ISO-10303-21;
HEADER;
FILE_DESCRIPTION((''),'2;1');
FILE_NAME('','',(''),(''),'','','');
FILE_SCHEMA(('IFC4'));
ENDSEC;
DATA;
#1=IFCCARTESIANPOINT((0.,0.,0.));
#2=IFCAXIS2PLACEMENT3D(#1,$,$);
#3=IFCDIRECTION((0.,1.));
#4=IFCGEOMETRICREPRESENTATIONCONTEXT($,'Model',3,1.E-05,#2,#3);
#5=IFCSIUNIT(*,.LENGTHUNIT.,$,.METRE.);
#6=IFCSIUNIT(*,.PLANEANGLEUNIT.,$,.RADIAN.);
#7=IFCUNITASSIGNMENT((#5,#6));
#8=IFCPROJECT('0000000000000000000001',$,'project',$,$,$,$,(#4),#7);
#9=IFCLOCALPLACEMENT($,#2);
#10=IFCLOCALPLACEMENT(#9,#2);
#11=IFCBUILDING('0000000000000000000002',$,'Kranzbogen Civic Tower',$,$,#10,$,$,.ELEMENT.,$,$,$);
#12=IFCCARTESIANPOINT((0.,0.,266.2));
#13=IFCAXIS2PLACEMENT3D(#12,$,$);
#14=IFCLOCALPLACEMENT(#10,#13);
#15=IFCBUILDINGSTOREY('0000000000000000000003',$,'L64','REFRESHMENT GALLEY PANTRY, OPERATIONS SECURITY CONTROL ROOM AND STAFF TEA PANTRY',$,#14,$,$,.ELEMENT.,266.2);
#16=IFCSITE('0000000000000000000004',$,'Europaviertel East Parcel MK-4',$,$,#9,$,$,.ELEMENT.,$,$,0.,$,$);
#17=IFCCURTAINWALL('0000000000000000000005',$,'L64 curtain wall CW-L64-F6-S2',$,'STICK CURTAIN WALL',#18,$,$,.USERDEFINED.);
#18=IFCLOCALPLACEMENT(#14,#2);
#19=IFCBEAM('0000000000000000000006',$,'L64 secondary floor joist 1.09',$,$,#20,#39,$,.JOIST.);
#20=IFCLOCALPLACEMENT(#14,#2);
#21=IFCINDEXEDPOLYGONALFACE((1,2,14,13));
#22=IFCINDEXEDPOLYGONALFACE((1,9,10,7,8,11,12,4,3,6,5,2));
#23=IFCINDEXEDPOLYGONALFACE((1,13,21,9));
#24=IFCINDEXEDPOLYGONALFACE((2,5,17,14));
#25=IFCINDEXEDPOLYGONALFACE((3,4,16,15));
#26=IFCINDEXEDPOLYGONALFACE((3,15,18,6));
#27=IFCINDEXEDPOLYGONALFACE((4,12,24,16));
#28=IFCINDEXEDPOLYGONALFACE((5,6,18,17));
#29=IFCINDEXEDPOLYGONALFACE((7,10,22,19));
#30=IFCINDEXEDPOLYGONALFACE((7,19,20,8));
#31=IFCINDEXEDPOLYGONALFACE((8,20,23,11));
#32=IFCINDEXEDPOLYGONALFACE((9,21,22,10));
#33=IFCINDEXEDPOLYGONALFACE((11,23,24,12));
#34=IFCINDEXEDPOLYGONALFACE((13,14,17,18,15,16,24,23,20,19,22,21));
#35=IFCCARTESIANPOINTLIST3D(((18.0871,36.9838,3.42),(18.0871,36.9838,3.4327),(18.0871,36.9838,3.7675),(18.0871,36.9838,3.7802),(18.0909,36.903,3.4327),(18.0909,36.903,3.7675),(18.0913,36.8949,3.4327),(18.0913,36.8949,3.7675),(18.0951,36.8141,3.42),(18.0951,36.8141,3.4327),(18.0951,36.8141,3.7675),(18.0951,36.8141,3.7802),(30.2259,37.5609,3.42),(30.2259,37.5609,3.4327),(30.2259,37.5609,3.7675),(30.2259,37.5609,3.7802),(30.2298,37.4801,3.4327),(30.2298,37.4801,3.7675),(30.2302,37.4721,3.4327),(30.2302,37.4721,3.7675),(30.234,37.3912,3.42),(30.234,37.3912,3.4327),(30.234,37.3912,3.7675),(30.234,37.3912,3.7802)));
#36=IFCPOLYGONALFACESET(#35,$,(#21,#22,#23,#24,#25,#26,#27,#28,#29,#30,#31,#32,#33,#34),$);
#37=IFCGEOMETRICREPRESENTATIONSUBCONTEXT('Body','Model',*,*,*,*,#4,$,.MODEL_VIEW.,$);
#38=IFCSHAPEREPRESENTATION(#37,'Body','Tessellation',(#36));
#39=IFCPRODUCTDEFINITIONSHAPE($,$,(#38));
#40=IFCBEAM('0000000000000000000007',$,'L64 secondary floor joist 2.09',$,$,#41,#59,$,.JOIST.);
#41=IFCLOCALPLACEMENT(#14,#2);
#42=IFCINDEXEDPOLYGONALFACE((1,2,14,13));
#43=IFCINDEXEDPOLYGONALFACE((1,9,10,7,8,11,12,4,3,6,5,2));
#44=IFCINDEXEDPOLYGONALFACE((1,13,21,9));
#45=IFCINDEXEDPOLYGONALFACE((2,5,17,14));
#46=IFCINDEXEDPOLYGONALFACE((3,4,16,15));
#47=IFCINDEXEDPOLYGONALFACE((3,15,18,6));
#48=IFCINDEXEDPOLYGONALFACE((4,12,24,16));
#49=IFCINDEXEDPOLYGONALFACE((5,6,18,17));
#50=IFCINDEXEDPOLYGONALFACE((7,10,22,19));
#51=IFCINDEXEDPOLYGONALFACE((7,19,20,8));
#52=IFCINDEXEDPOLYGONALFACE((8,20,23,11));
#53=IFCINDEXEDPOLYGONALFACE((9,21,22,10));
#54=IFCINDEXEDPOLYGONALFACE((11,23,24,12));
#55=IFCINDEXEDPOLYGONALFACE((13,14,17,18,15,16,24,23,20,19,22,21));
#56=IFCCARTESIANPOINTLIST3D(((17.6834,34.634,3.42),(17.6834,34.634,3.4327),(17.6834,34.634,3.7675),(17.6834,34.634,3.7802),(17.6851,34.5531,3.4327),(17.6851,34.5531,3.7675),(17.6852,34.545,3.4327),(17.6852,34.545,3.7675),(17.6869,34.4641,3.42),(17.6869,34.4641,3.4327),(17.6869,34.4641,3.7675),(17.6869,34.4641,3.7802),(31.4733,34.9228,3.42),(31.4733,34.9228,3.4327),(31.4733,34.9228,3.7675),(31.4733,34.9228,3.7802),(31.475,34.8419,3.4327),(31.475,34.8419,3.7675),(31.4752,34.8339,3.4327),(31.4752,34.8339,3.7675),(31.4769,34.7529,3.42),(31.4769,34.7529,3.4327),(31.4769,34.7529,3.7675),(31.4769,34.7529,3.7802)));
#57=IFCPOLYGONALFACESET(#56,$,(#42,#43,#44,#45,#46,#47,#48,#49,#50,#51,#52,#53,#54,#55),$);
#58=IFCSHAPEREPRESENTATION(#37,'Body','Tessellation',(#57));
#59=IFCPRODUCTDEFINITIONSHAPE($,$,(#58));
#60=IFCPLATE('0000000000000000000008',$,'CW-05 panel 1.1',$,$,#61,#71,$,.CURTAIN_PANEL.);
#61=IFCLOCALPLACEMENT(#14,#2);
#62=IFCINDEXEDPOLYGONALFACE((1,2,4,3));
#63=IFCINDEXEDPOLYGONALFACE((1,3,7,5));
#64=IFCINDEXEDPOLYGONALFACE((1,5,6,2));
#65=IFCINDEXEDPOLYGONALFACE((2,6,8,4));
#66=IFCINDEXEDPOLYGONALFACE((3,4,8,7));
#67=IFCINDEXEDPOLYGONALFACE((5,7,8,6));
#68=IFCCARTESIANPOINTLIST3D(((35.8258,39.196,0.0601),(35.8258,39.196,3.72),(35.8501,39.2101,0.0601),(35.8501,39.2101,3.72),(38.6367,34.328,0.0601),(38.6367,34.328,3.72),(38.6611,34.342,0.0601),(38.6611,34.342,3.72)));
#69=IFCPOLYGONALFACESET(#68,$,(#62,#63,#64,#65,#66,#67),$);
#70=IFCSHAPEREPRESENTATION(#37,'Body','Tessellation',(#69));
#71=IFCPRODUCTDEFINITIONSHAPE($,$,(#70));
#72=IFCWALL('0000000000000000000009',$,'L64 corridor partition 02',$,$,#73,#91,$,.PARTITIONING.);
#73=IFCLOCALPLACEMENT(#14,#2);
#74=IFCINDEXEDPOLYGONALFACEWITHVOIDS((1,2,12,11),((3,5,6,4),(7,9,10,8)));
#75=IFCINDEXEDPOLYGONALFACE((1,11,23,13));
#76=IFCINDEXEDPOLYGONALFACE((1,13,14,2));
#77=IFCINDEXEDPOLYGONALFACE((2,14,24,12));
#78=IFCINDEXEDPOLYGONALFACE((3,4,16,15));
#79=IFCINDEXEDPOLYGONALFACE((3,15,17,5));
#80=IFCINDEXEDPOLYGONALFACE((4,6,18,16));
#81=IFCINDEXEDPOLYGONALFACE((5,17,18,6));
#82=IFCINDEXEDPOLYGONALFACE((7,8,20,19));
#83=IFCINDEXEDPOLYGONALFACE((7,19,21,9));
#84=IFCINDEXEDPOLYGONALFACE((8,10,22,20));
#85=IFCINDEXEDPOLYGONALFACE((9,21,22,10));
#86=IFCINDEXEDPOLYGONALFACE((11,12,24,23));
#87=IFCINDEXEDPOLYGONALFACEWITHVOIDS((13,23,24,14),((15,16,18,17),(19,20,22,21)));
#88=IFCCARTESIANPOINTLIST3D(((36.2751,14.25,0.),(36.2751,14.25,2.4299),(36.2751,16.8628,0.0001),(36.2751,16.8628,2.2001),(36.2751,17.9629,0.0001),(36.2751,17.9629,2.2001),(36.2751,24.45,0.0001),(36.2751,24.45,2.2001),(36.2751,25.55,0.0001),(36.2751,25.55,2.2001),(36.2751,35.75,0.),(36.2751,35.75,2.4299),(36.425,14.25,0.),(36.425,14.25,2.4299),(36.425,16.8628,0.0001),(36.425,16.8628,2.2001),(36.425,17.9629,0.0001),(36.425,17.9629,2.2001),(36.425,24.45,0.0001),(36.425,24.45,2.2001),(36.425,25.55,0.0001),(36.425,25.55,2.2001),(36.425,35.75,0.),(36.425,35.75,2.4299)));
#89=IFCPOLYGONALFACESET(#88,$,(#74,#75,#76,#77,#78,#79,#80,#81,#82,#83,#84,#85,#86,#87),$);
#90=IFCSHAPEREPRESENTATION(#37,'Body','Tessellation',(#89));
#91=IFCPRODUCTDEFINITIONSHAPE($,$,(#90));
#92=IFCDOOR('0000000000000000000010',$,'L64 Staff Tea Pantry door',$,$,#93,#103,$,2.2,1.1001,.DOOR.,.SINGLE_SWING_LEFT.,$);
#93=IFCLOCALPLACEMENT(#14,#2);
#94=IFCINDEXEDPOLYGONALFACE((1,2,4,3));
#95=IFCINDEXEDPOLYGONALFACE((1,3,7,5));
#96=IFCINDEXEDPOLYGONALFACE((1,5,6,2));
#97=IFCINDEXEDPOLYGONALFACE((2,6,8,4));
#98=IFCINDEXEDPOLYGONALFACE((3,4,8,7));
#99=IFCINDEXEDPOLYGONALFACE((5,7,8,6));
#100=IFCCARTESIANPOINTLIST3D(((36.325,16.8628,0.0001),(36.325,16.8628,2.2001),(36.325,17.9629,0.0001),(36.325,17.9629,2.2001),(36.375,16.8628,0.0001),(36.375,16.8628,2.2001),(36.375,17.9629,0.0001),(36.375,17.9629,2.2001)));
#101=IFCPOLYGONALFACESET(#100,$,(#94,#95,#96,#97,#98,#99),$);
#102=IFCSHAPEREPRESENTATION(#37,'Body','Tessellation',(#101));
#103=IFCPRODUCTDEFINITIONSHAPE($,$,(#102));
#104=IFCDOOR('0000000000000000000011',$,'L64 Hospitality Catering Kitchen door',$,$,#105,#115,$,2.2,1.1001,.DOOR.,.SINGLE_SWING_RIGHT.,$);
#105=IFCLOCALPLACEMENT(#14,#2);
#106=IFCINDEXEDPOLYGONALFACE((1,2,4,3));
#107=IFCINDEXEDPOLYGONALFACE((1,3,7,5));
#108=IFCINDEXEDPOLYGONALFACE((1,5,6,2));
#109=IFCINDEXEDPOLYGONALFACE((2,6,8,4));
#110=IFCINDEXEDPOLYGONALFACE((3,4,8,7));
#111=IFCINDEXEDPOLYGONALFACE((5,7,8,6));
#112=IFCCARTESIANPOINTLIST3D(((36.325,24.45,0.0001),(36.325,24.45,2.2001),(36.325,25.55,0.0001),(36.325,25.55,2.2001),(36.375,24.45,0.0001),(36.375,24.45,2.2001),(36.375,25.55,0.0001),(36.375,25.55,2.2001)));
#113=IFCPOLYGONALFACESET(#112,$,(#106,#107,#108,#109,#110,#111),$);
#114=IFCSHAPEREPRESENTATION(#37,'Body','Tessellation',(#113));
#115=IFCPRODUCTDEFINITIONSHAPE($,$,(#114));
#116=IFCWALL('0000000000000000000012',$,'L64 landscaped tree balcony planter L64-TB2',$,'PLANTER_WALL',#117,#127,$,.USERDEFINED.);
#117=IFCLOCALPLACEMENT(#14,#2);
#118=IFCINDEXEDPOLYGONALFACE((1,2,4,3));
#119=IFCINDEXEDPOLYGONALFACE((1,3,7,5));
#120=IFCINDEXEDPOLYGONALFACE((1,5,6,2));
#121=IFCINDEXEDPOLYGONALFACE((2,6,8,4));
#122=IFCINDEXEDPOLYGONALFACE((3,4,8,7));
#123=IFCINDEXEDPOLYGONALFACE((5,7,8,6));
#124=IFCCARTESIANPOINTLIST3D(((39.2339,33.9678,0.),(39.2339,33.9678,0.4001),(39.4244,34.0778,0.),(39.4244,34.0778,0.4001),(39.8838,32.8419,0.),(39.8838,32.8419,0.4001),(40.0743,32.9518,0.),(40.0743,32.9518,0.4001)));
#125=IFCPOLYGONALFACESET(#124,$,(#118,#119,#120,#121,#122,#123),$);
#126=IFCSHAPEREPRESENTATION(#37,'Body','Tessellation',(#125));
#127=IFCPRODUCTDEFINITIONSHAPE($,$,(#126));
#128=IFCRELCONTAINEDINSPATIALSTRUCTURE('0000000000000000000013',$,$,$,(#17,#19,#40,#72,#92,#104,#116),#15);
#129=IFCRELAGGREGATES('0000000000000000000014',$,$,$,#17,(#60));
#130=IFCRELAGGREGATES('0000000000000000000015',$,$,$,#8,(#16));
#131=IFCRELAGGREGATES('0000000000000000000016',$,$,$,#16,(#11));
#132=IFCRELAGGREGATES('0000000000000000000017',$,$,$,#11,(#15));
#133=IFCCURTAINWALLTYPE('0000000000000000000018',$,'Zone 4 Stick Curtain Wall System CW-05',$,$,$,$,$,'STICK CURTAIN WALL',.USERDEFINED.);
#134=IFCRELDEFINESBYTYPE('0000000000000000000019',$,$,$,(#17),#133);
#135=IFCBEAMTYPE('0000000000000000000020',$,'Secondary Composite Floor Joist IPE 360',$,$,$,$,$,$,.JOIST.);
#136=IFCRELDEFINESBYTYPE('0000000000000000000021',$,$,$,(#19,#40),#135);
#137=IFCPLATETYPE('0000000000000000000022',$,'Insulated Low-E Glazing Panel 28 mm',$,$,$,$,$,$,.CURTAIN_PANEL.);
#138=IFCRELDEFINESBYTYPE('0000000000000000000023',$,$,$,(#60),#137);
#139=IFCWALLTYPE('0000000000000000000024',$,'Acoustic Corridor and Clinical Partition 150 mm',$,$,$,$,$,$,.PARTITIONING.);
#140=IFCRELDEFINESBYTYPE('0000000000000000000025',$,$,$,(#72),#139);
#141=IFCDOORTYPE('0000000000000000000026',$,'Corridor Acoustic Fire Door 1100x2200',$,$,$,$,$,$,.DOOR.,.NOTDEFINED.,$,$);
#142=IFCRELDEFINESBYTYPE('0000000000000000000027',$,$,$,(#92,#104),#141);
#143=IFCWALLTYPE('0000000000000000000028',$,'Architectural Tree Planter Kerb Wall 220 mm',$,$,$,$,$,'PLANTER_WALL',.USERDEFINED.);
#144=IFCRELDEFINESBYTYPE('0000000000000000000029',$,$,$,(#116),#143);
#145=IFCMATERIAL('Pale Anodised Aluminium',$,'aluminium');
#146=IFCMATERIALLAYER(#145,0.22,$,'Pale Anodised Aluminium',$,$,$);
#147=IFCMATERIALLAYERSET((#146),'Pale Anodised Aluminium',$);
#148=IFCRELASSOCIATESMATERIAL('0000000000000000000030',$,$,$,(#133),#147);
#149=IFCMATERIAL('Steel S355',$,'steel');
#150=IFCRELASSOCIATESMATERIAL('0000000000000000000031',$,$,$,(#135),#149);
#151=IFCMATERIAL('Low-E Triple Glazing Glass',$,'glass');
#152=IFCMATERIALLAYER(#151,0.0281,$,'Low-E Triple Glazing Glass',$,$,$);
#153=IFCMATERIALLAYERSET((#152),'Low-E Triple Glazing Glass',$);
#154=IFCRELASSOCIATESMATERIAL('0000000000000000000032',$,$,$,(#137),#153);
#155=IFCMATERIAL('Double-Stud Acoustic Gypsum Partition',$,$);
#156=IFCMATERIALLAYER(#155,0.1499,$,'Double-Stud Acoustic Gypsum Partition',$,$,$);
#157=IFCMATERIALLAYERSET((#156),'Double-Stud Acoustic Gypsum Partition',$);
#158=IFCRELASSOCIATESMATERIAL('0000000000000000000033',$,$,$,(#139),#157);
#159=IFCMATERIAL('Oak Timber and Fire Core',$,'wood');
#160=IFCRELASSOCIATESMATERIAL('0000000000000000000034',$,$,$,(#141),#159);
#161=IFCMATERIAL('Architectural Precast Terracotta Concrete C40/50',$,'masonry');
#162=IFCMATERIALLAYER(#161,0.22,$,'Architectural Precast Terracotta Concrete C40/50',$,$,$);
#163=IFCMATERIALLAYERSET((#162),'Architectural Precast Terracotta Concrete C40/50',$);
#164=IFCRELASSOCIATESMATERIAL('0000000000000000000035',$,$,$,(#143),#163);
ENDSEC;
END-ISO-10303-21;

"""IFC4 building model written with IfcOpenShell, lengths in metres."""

from ifc_helpers import new_model, si_unit, direction, frame, frame_2d, origin, origin_2d, place, context, subcontext, project, spatial, rectangle, i_section, extrude, material, layer, layer_set, material_profile, profile_set, type_object, element, fill, aggregate, save


model = new_model("IFC4")

# Units and contexts
model_context = context("Model", 3, precision=1e-05, world=origin(), true_north=direction((0.0, 1.0)))
body_context = subcontext(model_context, "Body", "Model", "MODEL_VIEW")
ifc_project = project(units=[si_unit("LENGTHUNIT", "METRE"), si_unit("PLANEANGLEUNIT", "RADIAN")], contexts=[model_context])

# Site, building, storey
site_placement = place(None, origin())
site = spatial("IfcSite", under=ifc_project, at=site_placement, Name="Europaviertel East Parcel MK-4", CompositionType="ELEMENT", RefElevation=0.0)
building_placement = place(site_placement, origin())
building = spatial("IfcBuilding", under=site, at=building_placement, Name="Kranzbogen Civic Tower", CompositionType="ELEMENT")
storey_placement = place(building_placement, frame((0.0, 0.0, 266.2)))
storey = spatial("IfcBuildingStorey", under=building, at=storey_placement, Name="L64", Description="REFRESHMENT GALLEY PANTRY, OPERATIONS SECURITY CONTROL ROOM AND STAFF TEA PANTRY", CompositionType="ELEMENT", Elevation=266.2)

# Shared definitions
ifc_material_1 = material(Name="Steel S355", Category="steel")

# Shared definitions
ifc_material_2 = material(Name="Pale Anodised Aluminium", Category="aluminium")
ifc_layer_1 = layer(ifc_material_2, 0.22, Name="Pale Anodised Aluminium")
ifc_layer_set_1 = layer_set([ifc_layer_1], Name="Pale Anodised Aluminium")
curtain_wall_type = type_object("IfcCurtainWallType", Name="Zone 4 Stick Curtain Wall System CW-05", ElementType="STICK CURTAIN WALL", PredefinedType="USERDEFINED", material=ifc_layer_set_1)

# Curtain wall
curtain_wall_1_placement = place(storey_placement, origin())
curtain_wall_1 = element("IfcCurtainWall", 1, at=curtain_wall_1_placement, inside=storey, type_object=curtain_wall_type, Name="L64 curtain wall CW-L64-F6-S2", ObjectType="STICK CURTAIN WALL", PredefinedType="USERDEFINED")

# Beams
ifc_material_profile_1 = material_profile(ifc_material_1, i_section(OverallWidth=0.1699, OverallDepth=0.3601, WebThickness=0.0081, FlangeThickness=0.0127, at=origin_2d()), Name="IPE 360")
ifc_profile_set_1 = profile_set([ifc_material_profile_1], Name="Steel S355")
beam_type_1 = type_object("IfcBeamType", Name="Secondary Composite Floor Joist IPE 360", PredefinedType="JOIST", material=ifc_profile_set_1)
beam_1_placement = place(storey_placement, frame((30.23, 37.4761, 3.6001), z_axis=(-0.998872, -0.047492, 0.0), x_axis=(0.047492, -0.998872, 0.0)))
element("IfcBeam", 2, at=beam_1_placement, inside=storey, type_object=beam_type_1, Name="L64 secondary floor joist 1.09", PredefinedType="JOIST", context=body_context, shape_type="SweptSolid", body=[
    extrude(i_section(OverallWidth=0.1699, OverallDepth=0.3601, WebThickness=0.0081, FlangeThickness=0.0127, at=origin_2d()), origin(), (0.0, 0.0, 1.0), 12.1526),
])
beam_2_placement = place(storey_placement, frame((31.4751, 34.8379, 3.6001), z_axis=(-0.999781, -0.020939, 0.0), x_axis=(0.020939, -0.999781, 0.0)))
element("IfcBeam", 3, at=beam_2_placement, inside=storey, type_object=beam_type_1, Name="L64 secondary floor joist 2.09", PredefinedType="JOIST", context=body_context, shape_type="SweptSolid", body=[
    extrude(i_section(OverallWidth=0.1699, OverallDepth=0.3601, WebThickness=0.0081, FlangeThickness=0.0127, at=origin_2d()), origin(), (0.0, 0.0, 1.0), 13.793),
])

# Plate
ifc_material_3 = material(Name="Low-E Triple Glazing Glass", Category="glass")
ifc_layer_2 = layer(ifc_material_3, 0.0281, Name="Low-E Triple Glazing Glass")
ifc_layer_set_2 = layer_set([ifc_layer_2], Name="Low-E Triple Glazing Glass")
plate_type = type_object("IfcPlateType", Name="Insulated Low-E Glazing Panel 28 mm", PredefinedType="CURTAIN_PANEL", material=ifc_layer_set_2)
plate_placement = place(storey_placement, frame((37.2434, 36.769, 0.0601), z_axis=(0.0, 0.0, 1.0), x_axis=(-0.500054, 0.865994, 0.0)))
plate = element("IfcPlate", 4, at=plate_placement, type_object=plate_type, Name="CW-05 panel 1.1", PredefinedType="CURTAIN_PANEL", context=body_context, shape_type="SweptSolid", body=[
    extrude(rectangle(XDim=5.6213, YDim=0.0281, at=origin_2d()), origin(), (0.0, 0.0, 1.0), 3.6599),
])
aggregate(curtain_wall_1, [plate])

# Wall, openings, doors
ifc_material_4 = material(Name="Double-Stud Acoustic Gypsum Partition")
ifc_layer_3 = layer(ifc_material_4, 0.1499, Name="Double-Stud Acoustic Gypsum Partition")
ifc_layer_set_3 = layer_set([ifc_layer_3], Name="Double-Stud Acoustic Gypsum Partition")
wall_type_1 = type_object("IfcWallType", Name="Acoustic Corridor and Clinical Partition 150 mm", PredefinedType="PARTITIONING", material=ifc_layer_set_3)
wall_1_placement = place(storey_placement, frame((36.3501, 35.75, 0.0), z_axis=(0.0, 0.0, 1.0), x_axis=(0.0, -1.0, 0.0)))
wall_1 = element("IfcWall", 5, at=wall_1_placement, inside=storey, type_object=wall_type_1, Name="L64 corridor partition 02", PredefinedType="PARTITIONING", context=body_context, shape_type="SweptSolid", body=[
    extrude(rectangle(XDim=21.5, YDim=0.1499, at=frame_2d((10.75, 0.0))), origin(), (0.0, 0.0, 1.0), 2.4299),
])
opening_1_placement = place(wall_1_placement, frame((17.7871, 0.0, 0.0)))
opening_1 = element("IfcOpeningElement", 6, at=opening_1_placement, cuts=wall_1, PredefinedType="OPENING", context=body_context, shape_type="SweptSolid", body=[
    extrude(rectangle(XDim=1.1001, YDim=2.2, at=frame_2d((0.55, 1.1001))), frame((0.0, 0.085, 0.0), z_axis=(0.0, -1.0, 0.0), x_axis=(1.0, 0.0, 0.0)), (0.0, 0.0, 1.0), 0.1699),
])
opening_2_placement = place(wall_1_placement, frame((10.2, 0.0, 0.0)))
opening_2 = element("IfcOpeningElement", 7, at=opening_2_placement, cuts=wall_1, PredefinedType="OPENING", context=body_context, shape_type="SweptSolid", body=[
    extrude(rectangle(XDim=1.1001, YDim=2.2, at=frame_2d((0.55, 1.1001))), frame((0.0, 0.085, 0.0), z_axis=(0.0, -1.0, 0.0), x_axis=(1.0, 0.0, 0.0)), (0.0, 0.0, 1.0), 0.1699),
])
ifc_material_5 = material(Name="Oak Timber and Fire Core", Category="wood")
door_type_1 = type_object("IfcDoorType", Name="Corridor Acoustic Fire Door 1100x2200", OperationType="NOTDEFINED", PredefinedType="DOOR", material=ifc_material_5)
door_1_placement = place(opening_1_placement, origin())
door_1 = element("IfcDoor", 8, at=door_1_placement, inside=storey, type_object=door_type_1, Name="L64 Staff Tea Pantry door", OperationType="SINGLE_SWING_LEFT", OverallHeight=2.2, OverallWidth=1.1001, PredefinedType="DOOR", context=body_context, shape_type="SweptSolid", body=[
    extrude(rectangle(XDim=1.1001, YDim=2.2, at=frame_2d((0.55, 1.1001))), frame((0.0, 0.0249, 0.0), z_axis=(0.0, -1.0, 0.0), x_axis=(1.0, 0.0, 0.0)), (0.0, 0.0, 1.0), 0.05),
])
fill(opening_1, door_1)
door_2_placement = place(opening_2_placement, origin())
door_2 = element("IfcDoor", 9, at=door_2_placement, inside=storey, type_object=door_type_1, Name="L64 Hospitality Catering Kitchen door", OperationType="SINGLE_SWING_RIGHT", OverallHeight=2.2, OverallWidth=1.1001, PredefinedType="DOOR", context=body_context, shape_type="SweptSolid", body=[
    extrude(rectangle(XDim=1.1001, YDim=2.2, at=frame_2d((0.55, 1.1001))), frame((0.0, 0.0249, 0.0), z_axis=(0.0, -1.0, 0.0), x_axis=(1.0, 0.0, 0.0)), (0.0, 0.0, 1.0), 0.05),
])
fill(opening_2, door_2)

# Wall
ifc_material_6 = material(Name="Architectural Precast Terracotta Concrete C40/50", Category="masonry")
ifc_layer_4 = layer(ifc_material_6, 0.22, Name="Architectural Precast Terracotta Concrete C40/50")
ifc_layer_set_4 = layer_set([ifc_layer_4], Name="Architectural Precast Terracotta Concrete C40/50")
wall_type_2 = type_object("IfcWallType", Name="Architectural Tree Planter Kerb Wall 220 mm", ElementType="PLANTER_WALL", PredefinedType="USERDEFINED", material=ifc_layer_set_4)
wall_2_placement = place(storey_placement, frame((39.979, 32.897, 0.0), z_axis=(0.0, 0.0, 1.0), x_axis=(-0.499896, 0.866086, 0.0)))
element("IfcWall", 10, at=wall_2_placement, inside=storey, type_object=wall_type_2, Name="L64 landscaped tree balcony planter L64-TB2", ObjectType="PLANTER_WALL", PredefinedType="USERDEFINED", context=body_context, shape_type="SweptSolid", body=[
    extrude(rectangle(XDim=1.3, YDim=0.22, at=frame_2d((0.6499, 0.0))), origin(), (0.0, 0.0, 1.0), 0.4001),
])

save(model, "model.ifc")
